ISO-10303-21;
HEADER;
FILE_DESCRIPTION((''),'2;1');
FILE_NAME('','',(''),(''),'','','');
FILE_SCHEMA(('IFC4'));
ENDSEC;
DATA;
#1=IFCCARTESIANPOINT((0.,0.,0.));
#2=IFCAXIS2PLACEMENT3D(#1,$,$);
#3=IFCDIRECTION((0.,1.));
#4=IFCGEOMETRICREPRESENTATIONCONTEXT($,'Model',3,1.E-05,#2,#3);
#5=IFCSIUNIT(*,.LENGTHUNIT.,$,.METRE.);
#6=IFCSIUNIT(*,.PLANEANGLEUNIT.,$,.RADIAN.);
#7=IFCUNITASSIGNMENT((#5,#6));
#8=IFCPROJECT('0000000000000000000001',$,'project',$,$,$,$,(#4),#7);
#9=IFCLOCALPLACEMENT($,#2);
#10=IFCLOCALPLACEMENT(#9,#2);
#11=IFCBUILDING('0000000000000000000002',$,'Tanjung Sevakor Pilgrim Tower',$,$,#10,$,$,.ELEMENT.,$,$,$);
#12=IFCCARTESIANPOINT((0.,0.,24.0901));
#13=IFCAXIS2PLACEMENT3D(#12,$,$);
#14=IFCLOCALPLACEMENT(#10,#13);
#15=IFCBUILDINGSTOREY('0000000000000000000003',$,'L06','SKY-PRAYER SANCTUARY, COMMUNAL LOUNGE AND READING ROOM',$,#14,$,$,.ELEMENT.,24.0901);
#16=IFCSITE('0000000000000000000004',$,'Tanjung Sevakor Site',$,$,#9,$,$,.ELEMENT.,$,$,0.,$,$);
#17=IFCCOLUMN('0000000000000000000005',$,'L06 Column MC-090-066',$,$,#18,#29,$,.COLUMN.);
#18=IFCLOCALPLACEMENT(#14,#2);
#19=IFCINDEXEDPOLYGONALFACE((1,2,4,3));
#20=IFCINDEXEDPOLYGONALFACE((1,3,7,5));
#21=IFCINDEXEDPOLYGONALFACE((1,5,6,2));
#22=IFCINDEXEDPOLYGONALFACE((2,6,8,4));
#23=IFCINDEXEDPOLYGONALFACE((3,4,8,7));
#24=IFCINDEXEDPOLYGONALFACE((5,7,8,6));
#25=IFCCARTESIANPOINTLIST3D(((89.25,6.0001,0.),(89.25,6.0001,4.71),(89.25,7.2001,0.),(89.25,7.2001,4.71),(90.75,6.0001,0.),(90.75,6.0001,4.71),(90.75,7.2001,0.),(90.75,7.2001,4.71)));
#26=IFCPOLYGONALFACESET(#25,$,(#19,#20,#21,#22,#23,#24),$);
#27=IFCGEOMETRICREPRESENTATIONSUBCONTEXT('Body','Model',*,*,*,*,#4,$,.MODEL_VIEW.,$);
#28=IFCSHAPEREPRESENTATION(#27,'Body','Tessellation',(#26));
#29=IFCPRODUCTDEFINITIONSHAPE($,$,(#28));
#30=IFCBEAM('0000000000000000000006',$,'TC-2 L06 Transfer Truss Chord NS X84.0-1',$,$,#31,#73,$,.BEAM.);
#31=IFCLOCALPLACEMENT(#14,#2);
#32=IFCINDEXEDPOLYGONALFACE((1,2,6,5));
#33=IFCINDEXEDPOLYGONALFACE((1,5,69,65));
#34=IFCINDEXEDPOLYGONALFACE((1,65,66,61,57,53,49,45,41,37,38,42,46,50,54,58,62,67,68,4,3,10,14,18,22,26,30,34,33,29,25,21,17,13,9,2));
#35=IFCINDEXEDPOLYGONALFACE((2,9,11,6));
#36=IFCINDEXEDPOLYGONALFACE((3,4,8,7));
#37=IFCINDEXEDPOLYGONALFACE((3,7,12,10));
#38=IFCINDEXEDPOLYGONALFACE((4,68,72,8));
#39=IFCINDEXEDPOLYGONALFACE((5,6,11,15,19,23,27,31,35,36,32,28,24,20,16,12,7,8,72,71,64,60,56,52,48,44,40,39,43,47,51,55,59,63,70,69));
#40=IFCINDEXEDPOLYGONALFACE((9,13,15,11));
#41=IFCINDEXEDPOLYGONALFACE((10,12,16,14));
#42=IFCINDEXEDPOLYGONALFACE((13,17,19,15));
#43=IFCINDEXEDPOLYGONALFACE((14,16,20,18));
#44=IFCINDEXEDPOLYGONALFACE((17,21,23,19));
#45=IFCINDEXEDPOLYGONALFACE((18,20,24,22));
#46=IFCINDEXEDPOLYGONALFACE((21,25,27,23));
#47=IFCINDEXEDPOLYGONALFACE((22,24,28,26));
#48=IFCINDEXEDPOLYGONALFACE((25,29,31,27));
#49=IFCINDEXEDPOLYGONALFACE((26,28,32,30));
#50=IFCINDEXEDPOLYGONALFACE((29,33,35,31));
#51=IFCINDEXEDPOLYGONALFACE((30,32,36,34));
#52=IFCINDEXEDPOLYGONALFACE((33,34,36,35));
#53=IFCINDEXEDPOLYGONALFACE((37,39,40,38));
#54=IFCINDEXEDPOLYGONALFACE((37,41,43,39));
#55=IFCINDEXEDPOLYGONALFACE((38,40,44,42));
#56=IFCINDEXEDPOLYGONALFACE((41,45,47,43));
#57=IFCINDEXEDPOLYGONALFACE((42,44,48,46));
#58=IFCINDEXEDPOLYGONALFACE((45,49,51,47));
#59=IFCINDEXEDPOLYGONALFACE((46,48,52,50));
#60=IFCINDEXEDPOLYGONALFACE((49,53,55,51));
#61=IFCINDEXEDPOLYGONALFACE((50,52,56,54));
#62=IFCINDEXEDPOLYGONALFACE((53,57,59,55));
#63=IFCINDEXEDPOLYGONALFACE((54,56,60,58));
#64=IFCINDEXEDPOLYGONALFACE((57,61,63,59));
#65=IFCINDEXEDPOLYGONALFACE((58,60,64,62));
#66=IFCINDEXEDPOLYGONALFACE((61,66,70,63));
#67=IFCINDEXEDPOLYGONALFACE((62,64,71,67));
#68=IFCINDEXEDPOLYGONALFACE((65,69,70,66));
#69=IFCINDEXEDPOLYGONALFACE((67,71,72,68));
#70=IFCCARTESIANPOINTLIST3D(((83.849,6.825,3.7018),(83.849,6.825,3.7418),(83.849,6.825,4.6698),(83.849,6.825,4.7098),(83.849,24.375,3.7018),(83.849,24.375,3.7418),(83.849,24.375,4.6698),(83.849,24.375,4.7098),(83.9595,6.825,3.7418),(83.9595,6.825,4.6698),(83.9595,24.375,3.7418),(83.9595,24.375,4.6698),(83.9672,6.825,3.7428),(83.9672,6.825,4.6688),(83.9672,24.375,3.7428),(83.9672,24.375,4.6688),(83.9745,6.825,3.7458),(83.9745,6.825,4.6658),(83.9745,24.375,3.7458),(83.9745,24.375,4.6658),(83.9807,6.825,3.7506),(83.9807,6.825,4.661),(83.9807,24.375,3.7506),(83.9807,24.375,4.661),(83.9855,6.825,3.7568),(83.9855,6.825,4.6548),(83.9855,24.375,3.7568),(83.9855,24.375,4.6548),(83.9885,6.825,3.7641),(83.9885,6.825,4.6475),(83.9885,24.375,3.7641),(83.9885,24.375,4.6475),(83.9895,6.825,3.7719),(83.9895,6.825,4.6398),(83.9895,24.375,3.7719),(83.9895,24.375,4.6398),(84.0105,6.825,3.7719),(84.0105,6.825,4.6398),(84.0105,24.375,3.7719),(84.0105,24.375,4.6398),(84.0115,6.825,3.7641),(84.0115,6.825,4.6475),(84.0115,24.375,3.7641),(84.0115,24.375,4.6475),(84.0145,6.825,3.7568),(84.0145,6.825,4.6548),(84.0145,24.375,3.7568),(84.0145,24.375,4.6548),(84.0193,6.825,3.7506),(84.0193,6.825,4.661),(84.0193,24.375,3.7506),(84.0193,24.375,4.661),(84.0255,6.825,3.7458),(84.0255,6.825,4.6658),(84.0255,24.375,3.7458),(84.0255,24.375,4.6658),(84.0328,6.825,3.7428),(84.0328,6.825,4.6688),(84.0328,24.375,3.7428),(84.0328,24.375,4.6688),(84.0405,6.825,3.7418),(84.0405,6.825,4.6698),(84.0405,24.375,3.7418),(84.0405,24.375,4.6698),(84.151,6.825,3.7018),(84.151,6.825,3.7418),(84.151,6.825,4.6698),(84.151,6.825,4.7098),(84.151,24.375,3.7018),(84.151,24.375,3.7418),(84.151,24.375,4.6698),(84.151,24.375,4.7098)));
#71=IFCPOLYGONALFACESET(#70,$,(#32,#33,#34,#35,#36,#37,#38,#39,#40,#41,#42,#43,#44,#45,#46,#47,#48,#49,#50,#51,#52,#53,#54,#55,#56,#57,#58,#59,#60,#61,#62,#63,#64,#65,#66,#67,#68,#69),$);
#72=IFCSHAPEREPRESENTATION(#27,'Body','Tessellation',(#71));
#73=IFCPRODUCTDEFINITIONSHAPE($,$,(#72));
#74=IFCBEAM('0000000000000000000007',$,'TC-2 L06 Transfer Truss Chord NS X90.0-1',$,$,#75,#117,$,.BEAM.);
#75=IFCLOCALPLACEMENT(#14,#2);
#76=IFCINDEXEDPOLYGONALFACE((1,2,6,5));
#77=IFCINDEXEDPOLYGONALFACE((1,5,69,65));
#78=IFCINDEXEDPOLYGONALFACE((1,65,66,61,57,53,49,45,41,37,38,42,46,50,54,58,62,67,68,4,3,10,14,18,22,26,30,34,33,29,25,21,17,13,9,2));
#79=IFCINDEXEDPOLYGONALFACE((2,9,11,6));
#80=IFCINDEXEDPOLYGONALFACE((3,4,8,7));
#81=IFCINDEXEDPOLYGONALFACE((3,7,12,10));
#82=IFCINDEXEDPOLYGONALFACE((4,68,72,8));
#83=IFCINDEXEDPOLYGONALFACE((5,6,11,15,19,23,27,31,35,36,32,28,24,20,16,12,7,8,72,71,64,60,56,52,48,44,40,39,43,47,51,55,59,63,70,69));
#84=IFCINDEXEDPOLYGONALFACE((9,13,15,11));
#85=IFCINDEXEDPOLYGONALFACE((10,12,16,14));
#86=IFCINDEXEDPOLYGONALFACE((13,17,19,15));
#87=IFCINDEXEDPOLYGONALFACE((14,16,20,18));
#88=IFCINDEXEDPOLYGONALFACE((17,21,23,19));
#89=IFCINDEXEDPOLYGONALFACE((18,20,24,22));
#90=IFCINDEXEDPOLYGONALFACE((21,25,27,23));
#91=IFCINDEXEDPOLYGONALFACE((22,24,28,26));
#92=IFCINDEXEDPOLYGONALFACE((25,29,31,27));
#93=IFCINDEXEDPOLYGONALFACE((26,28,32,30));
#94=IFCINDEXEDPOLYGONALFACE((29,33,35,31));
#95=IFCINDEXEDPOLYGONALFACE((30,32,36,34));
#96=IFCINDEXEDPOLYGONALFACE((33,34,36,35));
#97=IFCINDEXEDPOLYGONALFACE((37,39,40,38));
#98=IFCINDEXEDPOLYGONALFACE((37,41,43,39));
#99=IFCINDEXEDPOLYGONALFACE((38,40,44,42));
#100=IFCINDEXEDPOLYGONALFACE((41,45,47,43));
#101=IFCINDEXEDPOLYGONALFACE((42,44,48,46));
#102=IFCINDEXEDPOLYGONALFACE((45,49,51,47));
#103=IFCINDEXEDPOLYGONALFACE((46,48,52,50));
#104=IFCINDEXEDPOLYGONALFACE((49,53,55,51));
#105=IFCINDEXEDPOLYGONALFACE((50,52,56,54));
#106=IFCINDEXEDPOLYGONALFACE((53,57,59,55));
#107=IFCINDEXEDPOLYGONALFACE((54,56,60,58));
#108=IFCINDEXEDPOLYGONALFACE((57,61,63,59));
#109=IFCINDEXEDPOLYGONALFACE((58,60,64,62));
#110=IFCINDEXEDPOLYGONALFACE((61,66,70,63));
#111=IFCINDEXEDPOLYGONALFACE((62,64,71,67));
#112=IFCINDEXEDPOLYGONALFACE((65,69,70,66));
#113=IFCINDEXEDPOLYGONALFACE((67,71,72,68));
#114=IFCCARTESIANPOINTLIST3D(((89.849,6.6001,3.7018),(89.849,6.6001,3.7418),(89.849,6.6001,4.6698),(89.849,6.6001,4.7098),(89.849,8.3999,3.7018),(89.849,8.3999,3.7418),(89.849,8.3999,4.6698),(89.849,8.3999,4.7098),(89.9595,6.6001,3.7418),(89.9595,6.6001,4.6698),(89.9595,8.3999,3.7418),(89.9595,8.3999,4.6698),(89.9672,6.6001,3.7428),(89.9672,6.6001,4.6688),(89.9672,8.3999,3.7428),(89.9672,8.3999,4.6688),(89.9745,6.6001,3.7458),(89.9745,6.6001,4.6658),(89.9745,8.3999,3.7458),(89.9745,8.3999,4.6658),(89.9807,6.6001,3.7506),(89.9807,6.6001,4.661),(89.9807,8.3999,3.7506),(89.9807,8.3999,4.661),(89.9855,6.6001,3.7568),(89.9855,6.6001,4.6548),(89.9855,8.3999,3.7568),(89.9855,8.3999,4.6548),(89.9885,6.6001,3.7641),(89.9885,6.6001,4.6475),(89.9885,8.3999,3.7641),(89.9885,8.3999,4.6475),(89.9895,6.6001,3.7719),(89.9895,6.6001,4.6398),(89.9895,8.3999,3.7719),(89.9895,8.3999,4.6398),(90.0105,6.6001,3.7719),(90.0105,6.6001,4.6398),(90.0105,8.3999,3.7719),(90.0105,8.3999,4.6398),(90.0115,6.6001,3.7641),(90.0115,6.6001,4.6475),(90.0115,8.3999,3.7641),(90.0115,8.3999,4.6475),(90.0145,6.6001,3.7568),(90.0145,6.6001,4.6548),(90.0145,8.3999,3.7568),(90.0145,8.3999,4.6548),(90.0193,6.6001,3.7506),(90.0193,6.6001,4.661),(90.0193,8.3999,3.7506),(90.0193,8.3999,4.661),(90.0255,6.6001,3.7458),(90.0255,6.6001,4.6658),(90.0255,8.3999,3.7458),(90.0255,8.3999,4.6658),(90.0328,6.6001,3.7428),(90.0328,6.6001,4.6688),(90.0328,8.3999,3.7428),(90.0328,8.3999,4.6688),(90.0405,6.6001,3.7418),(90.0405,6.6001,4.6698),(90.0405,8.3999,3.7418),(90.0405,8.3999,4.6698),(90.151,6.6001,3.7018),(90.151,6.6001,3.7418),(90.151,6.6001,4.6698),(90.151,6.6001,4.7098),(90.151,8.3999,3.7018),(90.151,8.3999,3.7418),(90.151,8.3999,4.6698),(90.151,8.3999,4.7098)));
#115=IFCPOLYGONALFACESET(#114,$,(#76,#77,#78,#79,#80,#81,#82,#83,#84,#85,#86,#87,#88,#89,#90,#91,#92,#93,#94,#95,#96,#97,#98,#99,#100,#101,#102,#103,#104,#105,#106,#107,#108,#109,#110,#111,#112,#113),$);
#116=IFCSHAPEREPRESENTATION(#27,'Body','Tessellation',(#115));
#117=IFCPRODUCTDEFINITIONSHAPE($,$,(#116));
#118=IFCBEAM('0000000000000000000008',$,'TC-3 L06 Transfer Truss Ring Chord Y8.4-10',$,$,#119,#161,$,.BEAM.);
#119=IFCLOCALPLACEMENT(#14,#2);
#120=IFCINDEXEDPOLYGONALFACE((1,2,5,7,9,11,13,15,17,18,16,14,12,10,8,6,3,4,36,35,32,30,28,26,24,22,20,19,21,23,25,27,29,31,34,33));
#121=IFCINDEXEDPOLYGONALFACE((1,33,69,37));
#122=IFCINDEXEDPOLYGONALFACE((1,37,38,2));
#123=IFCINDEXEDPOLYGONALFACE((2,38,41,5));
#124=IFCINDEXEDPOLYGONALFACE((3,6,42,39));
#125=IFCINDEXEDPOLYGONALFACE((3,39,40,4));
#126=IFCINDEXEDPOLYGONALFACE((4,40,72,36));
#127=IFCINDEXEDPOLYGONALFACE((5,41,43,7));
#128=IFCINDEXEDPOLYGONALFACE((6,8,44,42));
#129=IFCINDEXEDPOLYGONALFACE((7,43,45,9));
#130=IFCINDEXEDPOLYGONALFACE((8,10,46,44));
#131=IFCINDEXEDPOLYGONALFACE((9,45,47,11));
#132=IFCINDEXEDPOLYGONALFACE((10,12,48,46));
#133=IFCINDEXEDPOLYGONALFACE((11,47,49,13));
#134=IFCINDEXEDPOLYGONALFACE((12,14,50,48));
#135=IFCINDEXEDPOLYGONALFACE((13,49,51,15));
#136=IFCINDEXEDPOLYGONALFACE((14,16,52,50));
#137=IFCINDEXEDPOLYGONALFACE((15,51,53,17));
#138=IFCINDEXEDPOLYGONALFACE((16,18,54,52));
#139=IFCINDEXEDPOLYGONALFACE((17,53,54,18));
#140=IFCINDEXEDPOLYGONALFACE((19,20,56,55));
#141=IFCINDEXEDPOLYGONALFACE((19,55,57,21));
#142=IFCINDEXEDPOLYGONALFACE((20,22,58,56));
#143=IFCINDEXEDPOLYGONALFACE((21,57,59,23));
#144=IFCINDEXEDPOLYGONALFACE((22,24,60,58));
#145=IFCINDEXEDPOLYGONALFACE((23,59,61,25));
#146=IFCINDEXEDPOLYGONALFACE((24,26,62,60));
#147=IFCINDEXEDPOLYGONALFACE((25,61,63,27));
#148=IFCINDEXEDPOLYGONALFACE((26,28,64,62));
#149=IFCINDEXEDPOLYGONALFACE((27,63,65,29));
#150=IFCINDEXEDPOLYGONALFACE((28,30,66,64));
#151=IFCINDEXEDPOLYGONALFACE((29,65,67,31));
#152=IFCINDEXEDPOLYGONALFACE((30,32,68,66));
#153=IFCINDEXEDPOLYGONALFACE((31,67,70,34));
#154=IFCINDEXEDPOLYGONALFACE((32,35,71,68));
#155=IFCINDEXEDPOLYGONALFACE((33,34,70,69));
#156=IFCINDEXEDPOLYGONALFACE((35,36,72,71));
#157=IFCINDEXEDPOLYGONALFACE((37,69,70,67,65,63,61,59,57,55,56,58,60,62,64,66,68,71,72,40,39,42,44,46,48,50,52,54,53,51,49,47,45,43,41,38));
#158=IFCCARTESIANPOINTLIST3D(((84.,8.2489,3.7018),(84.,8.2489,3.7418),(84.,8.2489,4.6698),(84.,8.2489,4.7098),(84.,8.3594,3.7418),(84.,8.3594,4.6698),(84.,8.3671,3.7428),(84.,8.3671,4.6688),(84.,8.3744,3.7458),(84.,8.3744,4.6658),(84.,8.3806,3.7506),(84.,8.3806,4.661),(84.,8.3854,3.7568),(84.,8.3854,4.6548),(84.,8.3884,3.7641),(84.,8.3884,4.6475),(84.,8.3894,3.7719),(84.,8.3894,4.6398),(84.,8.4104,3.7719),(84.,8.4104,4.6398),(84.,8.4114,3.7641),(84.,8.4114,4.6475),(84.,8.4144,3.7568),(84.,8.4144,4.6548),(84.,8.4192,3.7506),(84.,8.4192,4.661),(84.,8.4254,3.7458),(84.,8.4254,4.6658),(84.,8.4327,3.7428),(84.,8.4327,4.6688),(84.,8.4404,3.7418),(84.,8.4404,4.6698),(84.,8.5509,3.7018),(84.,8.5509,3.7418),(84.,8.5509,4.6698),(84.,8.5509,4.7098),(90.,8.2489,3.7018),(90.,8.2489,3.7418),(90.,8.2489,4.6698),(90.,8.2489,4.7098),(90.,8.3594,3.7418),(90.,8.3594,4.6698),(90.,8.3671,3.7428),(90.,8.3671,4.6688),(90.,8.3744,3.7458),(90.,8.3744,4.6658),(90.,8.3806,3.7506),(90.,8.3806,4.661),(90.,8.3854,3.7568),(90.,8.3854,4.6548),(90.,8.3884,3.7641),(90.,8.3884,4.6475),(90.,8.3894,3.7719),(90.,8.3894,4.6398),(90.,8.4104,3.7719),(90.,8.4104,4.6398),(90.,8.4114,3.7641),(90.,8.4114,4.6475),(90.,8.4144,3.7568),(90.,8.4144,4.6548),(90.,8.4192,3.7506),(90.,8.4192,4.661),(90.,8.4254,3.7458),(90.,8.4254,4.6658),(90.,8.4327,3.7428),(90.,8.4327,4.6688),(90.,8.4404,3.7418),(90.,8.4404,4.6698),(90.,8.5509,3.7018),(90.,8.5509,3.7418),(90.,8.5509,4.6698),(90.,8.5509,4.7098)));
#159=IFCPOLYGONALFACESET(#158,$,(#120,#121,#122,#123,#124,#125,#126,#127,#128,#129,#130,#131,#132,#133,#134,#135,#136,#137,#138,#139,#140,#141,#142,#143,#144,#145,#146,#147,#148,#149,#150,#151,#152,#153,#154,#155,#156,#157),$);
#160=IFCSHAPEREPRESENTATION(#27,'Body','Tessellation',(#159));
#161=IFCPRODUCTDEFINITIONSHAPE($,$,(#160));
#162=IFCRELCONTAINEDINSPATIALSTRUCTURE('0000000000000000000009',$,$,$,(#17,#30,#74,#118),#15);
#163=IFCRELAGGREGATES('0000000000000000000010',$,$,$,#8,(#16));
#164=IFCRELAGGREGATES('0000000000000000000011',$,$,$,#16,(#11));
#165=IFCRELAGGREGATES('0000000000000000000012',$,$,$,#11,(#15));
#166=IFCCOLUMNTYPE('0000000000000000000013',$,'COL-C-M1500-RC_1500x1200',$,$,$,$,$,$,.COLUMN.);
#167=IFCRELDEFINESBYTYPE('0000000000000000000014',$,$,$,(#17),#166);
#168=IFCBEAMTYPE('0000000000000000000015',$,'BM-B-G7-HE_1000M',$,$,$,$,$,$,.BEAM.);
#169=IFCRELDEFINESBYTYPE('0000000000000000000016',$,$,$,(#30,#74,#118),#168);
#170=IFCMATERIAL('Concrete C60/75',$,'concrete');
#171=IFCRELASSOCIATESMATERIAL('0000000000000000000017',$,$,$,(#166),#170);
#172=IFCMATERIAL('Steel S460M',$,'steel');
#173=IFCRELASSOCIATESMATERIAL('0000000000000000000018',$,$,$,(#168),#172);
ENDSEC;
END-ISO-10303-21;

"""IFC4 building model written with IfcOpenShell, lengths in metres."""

from ifc_helpers import new_model, si_unit, direction, frame, origin, origin_2d, place, context, subcontext, project, spatial, rectangle, i_section, extrude, material, material_profile, profile_set, type_object, element, save


model = new_model("IFC4")

# Units and contexts
model_context = context("Model", 3, precision=1e-05, world=origin(), true_north=direction((0.0, 1.0)))
body_context = subcontext(model_context, "Body", "Model", "MODEL_VIEW")
ifc_project = project(units=[si_unit("LENGTHUNIT", "METRE"), si_unit("PLANEANGLEUNIT", "RADIAN")], contexts=[model_context])

# Site, building, storey
site_placement = place(None, origin())
site = spatial("IfcSite", under=ifc_project, at=site_placement, Name="Tanjung Sevakor Site", CompositionType="ELEMENT", RefElevation=0.0)
building_placement = place(site_placement, origin())
building = spatial("IfcBuilding", under=site, at=building_placement, Name="Tanjung Sevakor Pilgrim Tower", CompositionType="ELEMENT")
storey_placement = place(building_placement, frame((0.0, 0.0, 24.0901)))
storey = spatial("IfcBuildingStorey", under=building, at=storey_placement, Name="L06", Description="SKY-PRAYER SANCTUARY, COMMUNAL LOUNGE AND READING ROOM", CompositionType="ELEMENT", Elevation=24.0901)

# Column
ifc_material_1 = material(Name="Concrete C60/75", Category="concrete")
ifc_material_profile_1 = material_profile(ifc_material_1, rectangle(XDim=1.5, YDim=1.2, at=origin_2d()))
ifc_profile_set_1 = profile_set([ifc_material_profile_1], Name="Concrete C60/75")
column_type = type_object("IfcColumnType", Name="COL-C-M1500-RC_1500x1200", PredefinedType="COLUMN", material=ifc_profile_set_1)
column_placement = place(storey_placement, frame((90.0, 6.6001, 0.0), z_axis=(0.0, 0.0, 1.0), x_axis=(1.0, 0.0, 0.0)))
element("IfcColumn", 1, at=column_placement, inside=storey, type_object=column_type, Name="L06 Column MC-090-066", PredefinedType="COLUMN", context=body_context, shape_type="SweptSolid", body=[
    extrude(rectangle(XDim=1.5, YDim=1.2, at=origin_2d()), origin(), (0.0, 0.0, 1.0), 4.71),
])

# Beams
ifc_material_2 = material(Name="Steel S460M", Category="steel")
ifc_material_profile_2 = material_profile(ifc_material_2, i_section(OverallWidth=0.302, OverallDepth=1.0081, WebThickness=0.021, FlangeThickness=0.04, FilletRadius=0.03, at=origin_2d()))
ifc_profile_set_2 = profile_set([ifc_material_profile_2], Name="Steel S460M")
beam_type_1 = type_object("IfcBeamType", Name="BM-B-G7-HE_1000M", PredefinedType="BEAM", material=ifc_profile_set_2)
beam_1_placement = place(storey_placement, frame((84.0, 6.825, 4.2058), z_axis=(0.0, 1.0, 0.0), x_axis=(-1.0, 0.0, 0.0)))
element("IfcBeam", 2, at=beam_1_placement, inside=storey, type_object=beam_type_1, Name="TC-2 L06 Transfer Truss Chord NS X84.0-1", PredefinedType="BEAM", context=body_context, shape_type="SweptSolid", body=[
    extrude(i_section(OverallWidth=0.302, OverallDepth=1.0081, WebThickness=0.021, FlangeThickness=0.04, FilletRadius=0.03, at=origin_2d()), origin(), (0.0, 0.0, 1.0), 17.55),
])
beam_2_placement = place(storey_placement, frame((90.0, 6.6001, 4.2058), z_axis=(0.0, 1.0, 0.0), x_axis=(-1.0, 0.0, 0.0)))
element("IfcBeam", 3, at=beam_2_placement, inside=storey, type_object=beam_type_1, Name="TC-2 L06 Transfer Truss Chord NS X90.0-1", PredefinedType="BEAM", context=body_context, shape_type="SweptSolid", body=[
    extrude(i_section(OverallWidth=0.302, OverallDepth=1.0081, WebThickness=0.021, FlangeThickness=0.04, FilletRadius=0.03, at=origin_2d()), origin(), (0.0, 0.0, 1.0), 1.7998),
])
beam_3_placement = place(storey_placement, frame((84.0, 8.3999, 4.2058), z_axis=(1.0, 0.0, 0.0), x_axis=(0.0, 1.0, 0.0)))
element("IfcBeam", 4, at=beam_3_placement, inside=storey, type_object=beam_type_1, Name="TC-3 L06 Transfer Truss Ring Chord Y8.4-10", PredefinedType="BEAM", context=body_context, shape_type="SweptSolid", body=[
    extrude(i_section(OverallWidth=0.302, OverallDepth=1.0081, WebThickness=0.021, FlangeThickness=0.04, FilletRadius=0.03, at=origin_2d()), origin(), (0.0, 0.0, 1.0), 6.0),
])

save(model, "model.ifc")
